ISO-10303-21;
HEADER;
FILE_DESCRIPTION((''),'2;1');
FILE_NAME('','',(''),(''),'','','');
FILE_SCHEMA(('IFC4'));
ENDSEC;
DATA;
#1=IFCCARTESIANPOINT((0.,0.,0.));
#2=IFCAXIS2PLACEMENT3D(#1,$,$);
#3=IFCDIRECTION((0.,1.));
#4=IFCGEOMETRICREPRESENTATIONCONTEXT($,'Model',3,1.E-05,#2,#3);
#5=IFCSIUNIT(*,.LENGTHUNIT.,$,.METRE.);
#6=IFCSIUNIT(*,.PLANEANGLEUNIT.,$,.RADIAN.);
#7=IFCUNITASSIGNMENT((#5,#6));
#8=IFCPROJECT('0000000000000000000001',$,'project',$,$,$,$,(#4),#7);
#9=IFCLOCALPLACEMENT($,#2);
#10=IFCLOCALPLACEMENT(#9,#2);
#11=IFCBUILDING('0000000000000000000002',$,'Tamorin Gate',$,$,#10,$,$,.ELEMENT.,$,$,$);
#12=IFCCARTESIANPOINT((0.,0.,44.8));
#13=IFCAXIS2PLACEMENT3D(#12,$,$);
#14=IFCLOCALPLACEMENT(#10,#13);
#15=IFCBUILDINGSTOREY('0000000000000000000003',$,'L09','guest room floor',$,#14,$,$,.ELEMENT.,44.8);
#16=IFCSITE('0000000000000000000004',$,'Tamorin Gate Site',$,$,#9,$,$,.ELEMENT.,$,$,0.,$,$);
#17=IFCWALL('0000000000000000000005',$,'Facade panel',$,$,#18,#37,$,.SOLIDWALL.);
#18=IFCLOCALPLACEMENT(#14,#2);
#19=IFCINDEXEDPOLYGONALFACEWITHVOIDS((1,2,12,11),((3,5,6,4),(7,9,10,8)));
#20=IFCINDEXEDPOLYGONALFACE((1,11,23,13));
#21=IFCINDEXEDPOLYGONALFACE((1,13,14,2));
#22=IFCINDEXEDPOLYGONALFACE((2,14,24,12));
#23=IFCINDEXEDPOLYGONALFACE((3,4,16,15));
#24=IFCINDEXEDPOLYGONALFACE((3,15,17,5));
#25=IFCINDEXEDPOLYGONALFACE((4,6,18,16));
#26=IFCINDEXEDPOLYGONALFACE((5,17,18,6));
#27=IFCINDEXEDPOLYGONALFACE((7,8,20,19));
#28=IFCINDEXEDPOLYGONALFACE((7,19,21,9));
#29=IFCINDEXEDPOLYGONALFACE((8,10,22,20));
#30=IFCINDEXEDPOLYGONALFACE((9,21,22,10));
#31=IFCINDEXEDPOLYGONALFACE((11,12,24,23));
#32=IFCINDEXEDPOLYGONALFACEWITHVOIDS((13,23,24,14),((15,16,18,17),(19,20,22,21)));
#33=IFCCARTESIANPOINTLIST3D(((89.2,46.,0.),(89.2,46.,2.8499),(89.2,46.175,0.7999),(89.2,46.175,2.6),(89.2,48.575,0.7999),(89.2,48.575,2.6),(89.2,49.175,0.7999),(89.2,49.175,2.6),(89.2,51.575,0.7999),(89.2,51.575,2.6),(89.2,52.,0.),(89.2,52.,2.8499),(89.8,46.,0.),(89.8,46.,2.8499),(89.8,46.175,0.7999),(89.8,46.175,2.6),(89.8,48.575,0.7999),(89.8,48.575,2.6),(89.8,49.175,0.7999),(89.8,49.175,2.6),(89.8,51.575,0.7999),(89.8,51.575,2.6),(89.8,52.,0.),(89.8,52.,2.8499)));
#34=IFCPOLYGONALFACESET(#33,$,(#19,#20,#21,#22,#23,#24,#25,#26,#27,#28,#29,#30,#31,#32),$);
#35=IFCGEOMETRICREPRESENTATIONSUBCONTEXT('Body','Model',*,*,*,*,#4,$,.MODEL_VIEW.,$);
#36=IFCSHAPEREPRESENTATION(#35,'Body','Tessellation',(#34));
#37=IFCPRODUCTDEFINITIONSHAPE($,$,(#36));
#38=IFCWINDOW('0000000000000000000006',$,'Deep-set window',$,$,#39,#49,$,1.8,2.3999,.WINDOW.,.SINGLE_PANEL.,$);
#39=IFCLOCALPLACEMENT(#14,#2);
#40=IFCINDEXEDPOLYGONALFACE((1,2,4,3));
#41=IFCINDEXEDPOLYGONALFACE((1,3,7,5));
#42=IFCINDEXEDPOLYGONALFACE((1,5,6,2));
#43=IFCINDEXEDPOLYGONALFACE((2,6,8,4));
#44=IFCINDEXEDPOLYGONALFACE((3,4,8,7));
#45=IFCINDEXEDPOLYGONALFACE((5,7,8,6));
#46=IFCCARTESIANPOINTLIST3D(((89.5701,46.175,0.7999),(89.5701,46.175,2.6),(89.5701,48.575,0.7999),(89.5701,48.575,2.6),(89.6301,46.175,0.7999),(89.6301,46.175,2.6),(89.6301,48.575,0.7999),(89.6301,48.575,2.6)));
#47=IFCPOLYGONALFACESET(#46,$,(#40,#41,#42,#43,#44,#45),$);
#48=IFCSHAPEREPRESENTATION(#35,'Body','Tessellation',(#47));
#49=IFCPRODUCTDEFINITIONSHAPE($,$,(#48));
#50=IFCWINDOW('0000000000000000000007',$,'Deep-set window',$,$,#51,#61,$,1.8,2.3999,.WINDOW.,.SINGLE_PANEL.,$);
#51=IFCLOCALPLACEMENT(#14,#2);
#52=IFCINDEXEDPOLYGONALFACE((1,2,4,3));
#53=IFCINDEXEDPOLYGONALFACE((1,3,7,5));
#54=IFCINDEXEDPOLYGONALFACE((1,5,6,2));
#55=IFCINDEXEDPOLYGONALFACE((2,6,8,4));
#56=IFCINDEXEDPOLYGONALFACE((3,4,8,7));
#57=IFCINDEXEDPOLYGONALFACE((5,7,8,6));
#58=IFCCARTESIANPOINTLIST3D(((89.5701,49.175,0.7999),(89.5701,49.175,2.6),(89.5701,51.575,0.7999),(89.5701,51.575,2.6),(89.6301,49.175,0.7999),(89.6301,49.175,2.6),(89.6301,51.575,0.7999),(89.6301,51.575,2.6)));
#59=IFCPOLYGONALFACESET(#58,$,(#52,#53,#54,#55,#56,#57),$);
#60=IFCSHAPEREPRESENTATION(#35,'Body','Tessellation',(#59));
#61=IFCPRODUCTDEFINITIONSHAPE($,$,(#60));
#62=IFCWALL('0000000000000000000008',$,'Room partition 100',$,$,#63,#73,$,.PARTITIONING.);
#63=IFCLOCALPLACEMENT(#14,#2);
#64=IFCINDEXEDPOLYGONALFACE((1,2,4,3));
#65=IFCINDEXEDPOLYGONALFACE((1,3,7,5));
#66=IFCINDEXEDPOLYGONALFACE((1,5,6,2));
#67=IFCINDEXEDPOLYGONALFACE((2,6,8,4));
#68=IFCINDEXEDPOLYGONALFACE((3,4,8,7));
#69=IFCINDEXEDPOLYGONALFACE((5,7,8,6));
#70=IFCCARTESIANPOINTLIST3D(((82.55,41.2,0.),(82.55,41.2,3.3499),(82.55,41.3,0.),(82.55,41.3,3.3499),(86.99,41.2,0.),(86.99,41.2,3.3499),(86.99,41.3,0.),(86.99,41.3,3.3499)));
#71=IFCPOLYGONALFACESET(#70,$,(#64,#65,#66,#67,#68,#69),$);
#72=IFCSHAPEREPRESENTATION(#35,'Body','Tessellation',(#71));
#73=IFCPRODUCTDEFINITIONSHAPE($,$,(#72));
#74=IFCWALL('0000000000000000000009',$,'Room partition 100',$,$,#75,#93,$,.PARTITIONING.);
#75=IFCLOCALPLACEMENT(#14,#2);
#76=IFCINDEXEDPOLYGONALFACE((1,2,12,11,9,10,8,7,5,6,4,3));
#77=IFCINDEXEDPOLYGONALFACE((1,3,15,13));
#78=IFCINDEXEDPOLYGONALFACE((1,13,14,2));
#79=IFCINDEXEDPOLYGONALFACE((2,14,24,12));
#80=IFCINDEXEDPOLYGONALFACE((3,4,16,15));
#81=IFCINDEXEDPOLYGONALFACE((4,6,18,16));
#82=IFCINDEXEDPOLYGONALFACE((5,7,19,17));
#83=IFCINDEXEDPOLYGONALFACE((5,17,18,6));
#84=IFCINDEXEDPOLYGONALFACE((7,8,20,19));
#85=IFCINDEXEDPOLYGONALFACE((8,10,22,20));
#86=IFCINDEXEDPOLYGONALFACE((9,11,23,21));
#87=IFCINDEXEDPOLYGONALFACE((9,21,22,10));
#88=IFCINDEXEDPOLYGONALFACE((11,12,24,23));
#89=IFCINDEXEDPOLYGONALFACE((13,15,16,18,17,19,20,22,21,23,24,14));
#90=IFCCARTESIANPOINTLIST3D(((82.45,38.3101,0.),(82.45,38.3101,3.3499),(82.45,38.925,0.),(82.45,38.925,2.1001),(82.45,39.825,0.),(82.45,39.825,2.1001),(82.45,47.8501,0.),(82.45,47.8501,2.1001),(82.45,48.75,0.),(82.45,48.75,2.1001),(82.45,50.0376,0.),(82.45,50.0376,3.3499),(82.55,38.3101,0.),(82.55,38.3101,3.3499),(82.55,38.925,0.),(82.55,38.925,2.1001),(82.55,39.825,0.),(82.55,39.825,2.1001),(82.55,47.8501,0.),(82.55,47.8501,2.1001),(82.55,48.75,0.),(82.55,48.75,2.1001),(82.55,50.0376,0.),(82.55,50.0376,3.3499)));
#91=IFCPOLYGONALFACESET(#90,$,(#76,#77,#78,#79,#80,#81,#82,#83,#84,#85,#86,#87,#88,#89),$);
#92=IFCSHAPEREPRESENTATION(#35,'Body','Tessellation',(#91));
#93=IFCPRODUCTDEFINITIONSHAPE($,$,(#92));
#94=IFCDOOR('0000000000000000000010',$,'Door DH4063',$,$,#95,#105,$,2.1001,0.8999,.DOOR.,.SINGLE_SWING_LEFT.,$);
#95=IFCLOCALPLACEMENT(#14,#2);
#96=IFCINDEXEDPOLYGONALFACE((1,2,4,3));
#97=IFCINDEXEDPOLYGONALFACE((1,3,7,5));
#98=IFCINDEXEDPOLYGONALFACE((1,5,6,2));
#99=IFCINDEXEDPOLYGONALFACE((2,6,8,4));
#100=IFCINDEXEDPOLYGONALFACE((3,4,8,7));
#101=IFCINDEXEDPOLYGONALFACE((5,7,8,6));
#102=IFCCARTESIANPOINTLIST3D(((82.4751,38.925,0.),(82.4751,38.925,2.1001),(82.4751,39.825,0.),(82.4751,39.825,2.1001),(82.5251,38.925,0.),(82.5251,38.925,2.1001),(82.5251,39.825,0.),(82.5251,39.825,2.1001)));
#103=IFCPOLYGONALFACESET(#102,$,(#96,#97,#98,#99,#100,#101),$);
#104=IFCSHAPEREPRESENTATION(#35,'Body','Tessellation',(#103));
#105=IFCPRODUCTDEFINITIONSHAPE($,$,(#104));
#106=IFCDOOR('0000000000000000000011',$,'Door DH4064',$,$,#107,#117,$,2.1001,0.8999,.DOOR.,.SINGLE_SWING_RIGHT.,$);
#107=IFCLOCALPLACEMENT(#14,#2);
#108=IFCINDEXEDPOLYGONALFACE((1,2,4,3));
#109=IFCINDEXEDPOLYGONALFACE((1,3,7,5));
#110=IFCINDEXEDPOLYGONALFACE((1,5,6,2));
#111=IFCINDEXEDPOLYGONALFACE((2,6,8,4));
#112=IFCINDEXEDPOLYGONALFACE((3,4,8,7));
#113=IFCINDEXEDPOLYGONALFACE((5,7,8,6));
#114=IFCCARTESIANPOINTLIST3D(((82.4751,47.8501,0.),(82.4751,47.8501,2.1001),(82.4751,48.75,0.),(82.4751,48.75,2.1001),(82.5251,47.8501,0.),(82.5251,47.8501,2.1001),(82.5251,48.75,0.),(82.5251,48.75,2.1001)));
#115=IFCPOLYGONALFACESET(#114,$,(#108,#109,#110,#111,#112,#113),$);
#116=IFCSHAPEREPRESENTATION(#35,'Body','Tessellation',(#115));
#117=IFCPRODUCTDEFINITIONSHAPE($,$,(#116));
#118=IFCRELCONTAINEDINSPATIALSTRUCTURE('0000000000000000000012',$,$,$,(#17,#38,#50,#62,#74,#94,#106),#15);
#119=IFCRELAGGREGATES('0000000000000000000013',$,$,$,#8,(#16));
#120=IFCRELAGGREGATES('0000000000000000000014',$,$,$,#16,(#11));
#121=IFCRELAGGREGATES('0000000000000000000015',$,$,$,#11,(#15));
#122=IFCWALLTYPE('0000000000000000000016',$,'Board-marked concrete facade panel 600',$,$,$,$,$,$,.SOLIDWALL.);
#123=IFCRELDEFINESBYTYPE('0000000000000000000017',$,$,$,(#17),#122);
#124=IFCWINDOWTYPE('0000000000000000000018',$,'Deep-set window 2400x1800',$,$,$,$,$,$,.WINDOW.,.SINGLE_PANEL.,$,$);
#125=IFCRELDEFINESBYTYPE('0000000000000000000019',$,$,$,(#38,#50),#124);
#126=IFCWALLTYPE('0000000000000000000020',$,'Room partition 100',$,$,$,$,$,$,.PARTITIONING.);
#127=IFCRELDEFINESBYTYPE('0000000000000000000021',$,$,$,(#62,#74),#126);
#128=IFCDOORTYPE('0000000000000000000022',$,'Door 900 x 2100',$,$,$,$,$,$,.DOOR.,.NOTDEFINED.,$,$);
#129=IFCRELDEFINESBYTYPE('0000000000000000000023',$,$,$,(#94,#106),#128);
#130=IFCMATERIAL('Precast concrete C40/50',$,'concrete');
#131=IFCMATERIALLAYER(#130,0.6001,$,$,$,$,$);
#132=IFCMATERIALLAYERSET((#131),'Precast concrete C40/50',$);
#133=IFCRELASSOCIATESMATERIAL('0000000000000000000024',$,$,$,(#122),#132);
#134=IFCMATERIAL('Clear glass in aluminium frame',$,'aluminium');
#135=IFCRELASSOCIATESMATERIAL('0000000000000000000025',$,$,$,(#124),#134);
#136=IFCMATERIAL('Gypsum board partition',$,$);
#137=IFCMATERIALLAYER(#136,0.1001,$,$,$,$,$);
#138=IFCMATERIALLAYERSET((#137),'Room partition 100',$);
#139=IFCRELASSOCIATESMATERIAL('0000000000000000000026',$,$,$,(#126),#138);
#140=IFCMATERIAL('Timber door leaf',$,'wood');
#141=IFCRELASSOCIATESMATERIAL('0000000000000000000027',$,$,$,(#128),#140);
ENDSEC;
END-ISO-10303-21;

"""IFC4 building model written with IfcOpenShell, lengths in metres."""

from ifc_helpers import new_model, si_unit, direction, frame, frame_2d, origin, place, context, subcontext, project, spatial, rectangle, extrude, material, layer, layer_set, type_object, element, fill, save


model = new_model("IFC4")

# Units and contexts
model_context = context("Model", 3, precision=1e-05, world=origin(), true_north=direction((0.0, 1.0)))
body_context = subcontext(model_context, "Body", "Model", "MODEL_VIEW")
ifc_project = project(units=[si_unit("LENGTHUNIT", "METRE"), si_unit("PLANEANGLEUNIT", "RADIAN")], contexts=[model_context])

# Site, building, storey
site_placement = place(None, origin())
site = spatial("IfcSite", under=ifc_project, at=site_placement, Name="Tamorin Gate Site", CompositionType="ELEMENT", RefElevation=0.0)
building_placement = place(site_placement, origin())
building = spatial("IfcBuilding", under=site, at=building_placement, Name="Tamorin Gate", CompositionType="ELEMENT")
storey_placement = place(building_placement, frame((0.0, 0.0, 44.8)))
storey = spatial("IfcBuildingStorey", under=building, at=storey_placement, Name="L09", Description="guest room floor", CompositionType="ELEMENT", Elevation=44.8)

# Shared definitions
ifc_material_1 = material(Name="Precast concrete C40/50", Category="concrete")
ifc_layer_1 = layer(ifc_material_1, 0.6001)
ifc_layer_set_1 = layer_set([ifc_layer_1], Name="Precast concrete C40/50")
wall_type_1 = type_object("IfcWallType", Name="Board-marked concrete facade panel 600", PredefinedType="SOLIDWALL", material=ifc_layer_set_1)
ifc_material_2 = material(Name="Clear glass in aluminium frame", Category="aluminium")
window_type = type_object("IfcWindowType", Name="Deep-set window 2400x1800", PartitioningType="SINGLE_PANEL", PredefinedType="WINDOW", material=ifc_material_2)

# Wall, openings, windows
wall_1_placement = place(storey_placement, frame((89.5, 46.0, 0.0), z_axis=(0.0, 0.0, 1.0), x_axis=(0.0, 1.0, 0.0)))
wall_1 = element("IfcWall", 1, at=wall_1_placement, inside=storey, type_object=wall_type_1, Name="Facade panel", PredefinedType="SOLIDWALL", context=body_context, shape_type="SweptSolid", body=[
    extrude(rectangle(XDim=6.0, YDim=0.6001, at=frame_2d((3.0, 0.0))), origin(), (0.0, 0.0, 1.0), 2.8499),
])
opening_1_placement = place(wall_1_placement, frame((0.175, 0.0, 0.8)))
opening_1 = element("IfcOpeningElement", 2, at=opening_1_placement, cuts=wall_1, PredefinedType="OPENING", context=body_context, shape_type="SweptSolid", body=[
    extrude(rectangle(XDim=2.3999, YDim=1.8, at=frame_2d((1.2, 0.8999))), frame((0.0, 0.3101, 0.0), z_axis=(0.0, -1.0, 0.0), x_axis=(1.0, 0.0, 0.0)), (0.0, 0.0, 1.0), 0.6201),
])
opening_2_placement = place(wall_1_placement, frame((3.175, 0.0, 0.8)))
opening_2 = element("IfcOpeningElement", 3, at=opening_2_placement, cuts=wall_1, PredefinedType="OPENING", context=body_context, shape_type="SweptSolid", body=[
    extrude(rectangle(XDim=2.3999, YDim=1.8, at=frame_2d((1.2, 0.8999))), frame((0.0, 0.3101, 0.0), z_axis=(0.0, -1.0, 0.0), x_axis=(1.0, 0.0, 0.0)), (0.0, 0.0, 1.0), 0.6201),
])
window_1_placement = place(opening_1_placement, origin())
window_1 = element("IfcWindow", 4, at=window_1_placement, inside=storey, type_object=window_type, Name="Deep-set window", OverallHeight=1.8, OverallWidth=2.3999, PartitioningType="SINGLE_PANEL", PredefinedType="WINDOW", context=body_context, shape_type="SweptSolid", body=[
    extrude(rectangle(XDim=2.3999, YDim=1.8, at=frame_2d((1.2, 0.8999))), frame((0.0, -0.0701, 0.0), z_axis=(0.0, -1.0, 0.0), x_axis=(1.0, 0.0, 0.0)), (0.0, 0.0, 1.0), 0.0601),
])
fill(opening_1, window_1)
window_2_placement = place(opening_2_placement, origin())
window_2 = element("IfcWindow", 5, at=window_2_placement, inside=storey, type_object=window_type, Name="Deep-set window", OverallHeight=1.8, OverallWidth=2.3999, PartitioningType="SINGLE_PANEL", PredefinedType="WINDOW", context=body_context, shape_type="SweptSolid", body=[
    extrude(rectangle(XDim=2.3999, YDim=1.8, at=frame_2d((1.2, 0.8999))), frame((0.0, -0.0701, 0.0), z_axis=(0.0, -1.0, 0.0), x_axis=(1.0, 0.0, 0.0)), (0.0, 0.0, 1.0), 0.0601),
])
fill(opening_2, window_2)

# Wall
ifc_material_3 = material(Name="Gypsum board partition")
ifc_layer_2 = layer(ifc_material_3, 0.1001)
ifc_layer_set_2 = layer_set([ifc_layer_2], Name="Room partition 100")
wall_type_2 = type_object("IfcWallType", Name="Room partition 100", PredefinedType="PARTITIONING", material=ifc_layer_set_2)
wall_2_placement = place(storey_placement, frame((82.55, 41.25, 0.0), z_axis=(0.0, 0.0, 1.0), x_axis=(1.0, 0.0, 0.0)))
element("IfcWall", 6, at=wall_2_placement, inside=storey, type_object=wall_type_2, Name="Room partition 100", PredefinedType="PARTITIONING", context=body_context, shape_type="SweptSolid", body=[
    extrude(rectangle(XDim=4.4399, YDim=0.1001, at=frame_2d((2.22, 0.0))), origin(), (0.0, 0.0, 1.0), 3.3499),
])

# Wall, openings, doors
wall_3_placement = place(storey_placement, frame((82.5, 38.3101, 0.0), z_axis=(0.0, 0.0, 1.0), x_axis=(0.0, 1.0, 0.0)))
wall_3 = element("IfcWall", 7, at=wall_3_placement, inside=storey, type_object=wall_type_2, Name="Room partition 100", PredefinedType="PARTITIONING", context=body_context, shape_type="SweptSolid", body=[
    extrude(rectangle(XDim=11.7275, YDim=0.1001, at=frame_2d((5.8638, 0.0))), origin(), (0.0, 0.0, 1.0), 3.3499),
])
opening_3_placement = place(wall_3_placement, frame((0.615, 0.0, 0.0)))
opening_3 = element("IfcOpeningElement", 8, at=opening_3_placement, cuts=wall_3, PredefinedType="OPENING", context=body_context, shape_type="SweptSolid", body=[
    extrude(rectangle(XDim=0.8999, YDim=2.1001, at=frame_2d((0.45, 1.05))), frame((0.0, 0.0601, 0.0), z_axis=(0.0, -1.0, 0.0), x_axis=(1.0, 0.0, 0.0)), (0.0, 0.0, 1.0), 0.1201),
])
opening_4_placement = place(wall_3_placement, frame((9.54, 0.0, 0.0)))
opening_4 = element("IfcOpeningElement", 9, at=opening_4_placement, cuts=wall_3, PredefinedType="OPENING", context=body_context, shape_type="SweptSolid", body=[
    extrude(rectangle(XDim=0.8999, YDim=2.1001, at=frame_2d((0.45, 1.05))), frame((0.0, 0.0601, 0.0), z_axis=(0.0, -1.0, 0.0), x_axis=(1.0, 0.0, 0.0)), (0.0, 0.0, 1.0), 0.1201),
])
ifc_material_4 = material(Name="Timber door leaf", Category="wood")
door_type = type_object("IfcDoorType", Name="Door 900 x 2100", OperationType="NOTDEFINED", PredefinedType="DOOR", material=ifc_material_4)
door_1_placement = place(opening_3_placement, origin())
door_1 = element("IfcDoor", 10, at=door_1_placement, inside=storey, type_object=door_type, Name="Door DH4063", OperationType="SINGLE_SWING_LEFT", OverallHeight=2.1001, OverallWidth=0.8999, PredefinedType="DOOR", context=body_context, shape_type="SweptSolid", body=[
    extrude(rectangle(XDim=0.8999, YDim=2.1001, at=frame_2d((0.45, 1.05))), frame((0.0, 0.0249, 0.0), z_axis=(0.0, -1.0, 0.0), x_axis=(1.0, 0.0, 0.0)), (0.0, 0.0, 1.0), 0.05),
])
fill(opening_3, door_1)
door_2_placement = place(opening_4_placement, origin())
door_2 = element("IfcDoor", 11, at=door_2_placement, inside=storey, type_object=door_type, Name="Door DH4064", OperationType="SINGLE_SWING_RIGHT", OverallHeight=2.1001, OverallWidth=0.8999, PredefinedType="DOOR", context=body_context, shape_type="SweptSolid", body=[
    extrude(rectangle(XDim=0.8999, YDim=2.1001, at=frame_2d((0.45, 1.05))), frame((0.0, 0.0249, 0.0), z_axis=(0.0, -1.0, 0.0), x_axis=(1.0, 0.0, 0.0)), (0.0, 0.0, 1.0), 0.05),
])
fill(opening_4, door_2)

save(model, "model.ifc")
